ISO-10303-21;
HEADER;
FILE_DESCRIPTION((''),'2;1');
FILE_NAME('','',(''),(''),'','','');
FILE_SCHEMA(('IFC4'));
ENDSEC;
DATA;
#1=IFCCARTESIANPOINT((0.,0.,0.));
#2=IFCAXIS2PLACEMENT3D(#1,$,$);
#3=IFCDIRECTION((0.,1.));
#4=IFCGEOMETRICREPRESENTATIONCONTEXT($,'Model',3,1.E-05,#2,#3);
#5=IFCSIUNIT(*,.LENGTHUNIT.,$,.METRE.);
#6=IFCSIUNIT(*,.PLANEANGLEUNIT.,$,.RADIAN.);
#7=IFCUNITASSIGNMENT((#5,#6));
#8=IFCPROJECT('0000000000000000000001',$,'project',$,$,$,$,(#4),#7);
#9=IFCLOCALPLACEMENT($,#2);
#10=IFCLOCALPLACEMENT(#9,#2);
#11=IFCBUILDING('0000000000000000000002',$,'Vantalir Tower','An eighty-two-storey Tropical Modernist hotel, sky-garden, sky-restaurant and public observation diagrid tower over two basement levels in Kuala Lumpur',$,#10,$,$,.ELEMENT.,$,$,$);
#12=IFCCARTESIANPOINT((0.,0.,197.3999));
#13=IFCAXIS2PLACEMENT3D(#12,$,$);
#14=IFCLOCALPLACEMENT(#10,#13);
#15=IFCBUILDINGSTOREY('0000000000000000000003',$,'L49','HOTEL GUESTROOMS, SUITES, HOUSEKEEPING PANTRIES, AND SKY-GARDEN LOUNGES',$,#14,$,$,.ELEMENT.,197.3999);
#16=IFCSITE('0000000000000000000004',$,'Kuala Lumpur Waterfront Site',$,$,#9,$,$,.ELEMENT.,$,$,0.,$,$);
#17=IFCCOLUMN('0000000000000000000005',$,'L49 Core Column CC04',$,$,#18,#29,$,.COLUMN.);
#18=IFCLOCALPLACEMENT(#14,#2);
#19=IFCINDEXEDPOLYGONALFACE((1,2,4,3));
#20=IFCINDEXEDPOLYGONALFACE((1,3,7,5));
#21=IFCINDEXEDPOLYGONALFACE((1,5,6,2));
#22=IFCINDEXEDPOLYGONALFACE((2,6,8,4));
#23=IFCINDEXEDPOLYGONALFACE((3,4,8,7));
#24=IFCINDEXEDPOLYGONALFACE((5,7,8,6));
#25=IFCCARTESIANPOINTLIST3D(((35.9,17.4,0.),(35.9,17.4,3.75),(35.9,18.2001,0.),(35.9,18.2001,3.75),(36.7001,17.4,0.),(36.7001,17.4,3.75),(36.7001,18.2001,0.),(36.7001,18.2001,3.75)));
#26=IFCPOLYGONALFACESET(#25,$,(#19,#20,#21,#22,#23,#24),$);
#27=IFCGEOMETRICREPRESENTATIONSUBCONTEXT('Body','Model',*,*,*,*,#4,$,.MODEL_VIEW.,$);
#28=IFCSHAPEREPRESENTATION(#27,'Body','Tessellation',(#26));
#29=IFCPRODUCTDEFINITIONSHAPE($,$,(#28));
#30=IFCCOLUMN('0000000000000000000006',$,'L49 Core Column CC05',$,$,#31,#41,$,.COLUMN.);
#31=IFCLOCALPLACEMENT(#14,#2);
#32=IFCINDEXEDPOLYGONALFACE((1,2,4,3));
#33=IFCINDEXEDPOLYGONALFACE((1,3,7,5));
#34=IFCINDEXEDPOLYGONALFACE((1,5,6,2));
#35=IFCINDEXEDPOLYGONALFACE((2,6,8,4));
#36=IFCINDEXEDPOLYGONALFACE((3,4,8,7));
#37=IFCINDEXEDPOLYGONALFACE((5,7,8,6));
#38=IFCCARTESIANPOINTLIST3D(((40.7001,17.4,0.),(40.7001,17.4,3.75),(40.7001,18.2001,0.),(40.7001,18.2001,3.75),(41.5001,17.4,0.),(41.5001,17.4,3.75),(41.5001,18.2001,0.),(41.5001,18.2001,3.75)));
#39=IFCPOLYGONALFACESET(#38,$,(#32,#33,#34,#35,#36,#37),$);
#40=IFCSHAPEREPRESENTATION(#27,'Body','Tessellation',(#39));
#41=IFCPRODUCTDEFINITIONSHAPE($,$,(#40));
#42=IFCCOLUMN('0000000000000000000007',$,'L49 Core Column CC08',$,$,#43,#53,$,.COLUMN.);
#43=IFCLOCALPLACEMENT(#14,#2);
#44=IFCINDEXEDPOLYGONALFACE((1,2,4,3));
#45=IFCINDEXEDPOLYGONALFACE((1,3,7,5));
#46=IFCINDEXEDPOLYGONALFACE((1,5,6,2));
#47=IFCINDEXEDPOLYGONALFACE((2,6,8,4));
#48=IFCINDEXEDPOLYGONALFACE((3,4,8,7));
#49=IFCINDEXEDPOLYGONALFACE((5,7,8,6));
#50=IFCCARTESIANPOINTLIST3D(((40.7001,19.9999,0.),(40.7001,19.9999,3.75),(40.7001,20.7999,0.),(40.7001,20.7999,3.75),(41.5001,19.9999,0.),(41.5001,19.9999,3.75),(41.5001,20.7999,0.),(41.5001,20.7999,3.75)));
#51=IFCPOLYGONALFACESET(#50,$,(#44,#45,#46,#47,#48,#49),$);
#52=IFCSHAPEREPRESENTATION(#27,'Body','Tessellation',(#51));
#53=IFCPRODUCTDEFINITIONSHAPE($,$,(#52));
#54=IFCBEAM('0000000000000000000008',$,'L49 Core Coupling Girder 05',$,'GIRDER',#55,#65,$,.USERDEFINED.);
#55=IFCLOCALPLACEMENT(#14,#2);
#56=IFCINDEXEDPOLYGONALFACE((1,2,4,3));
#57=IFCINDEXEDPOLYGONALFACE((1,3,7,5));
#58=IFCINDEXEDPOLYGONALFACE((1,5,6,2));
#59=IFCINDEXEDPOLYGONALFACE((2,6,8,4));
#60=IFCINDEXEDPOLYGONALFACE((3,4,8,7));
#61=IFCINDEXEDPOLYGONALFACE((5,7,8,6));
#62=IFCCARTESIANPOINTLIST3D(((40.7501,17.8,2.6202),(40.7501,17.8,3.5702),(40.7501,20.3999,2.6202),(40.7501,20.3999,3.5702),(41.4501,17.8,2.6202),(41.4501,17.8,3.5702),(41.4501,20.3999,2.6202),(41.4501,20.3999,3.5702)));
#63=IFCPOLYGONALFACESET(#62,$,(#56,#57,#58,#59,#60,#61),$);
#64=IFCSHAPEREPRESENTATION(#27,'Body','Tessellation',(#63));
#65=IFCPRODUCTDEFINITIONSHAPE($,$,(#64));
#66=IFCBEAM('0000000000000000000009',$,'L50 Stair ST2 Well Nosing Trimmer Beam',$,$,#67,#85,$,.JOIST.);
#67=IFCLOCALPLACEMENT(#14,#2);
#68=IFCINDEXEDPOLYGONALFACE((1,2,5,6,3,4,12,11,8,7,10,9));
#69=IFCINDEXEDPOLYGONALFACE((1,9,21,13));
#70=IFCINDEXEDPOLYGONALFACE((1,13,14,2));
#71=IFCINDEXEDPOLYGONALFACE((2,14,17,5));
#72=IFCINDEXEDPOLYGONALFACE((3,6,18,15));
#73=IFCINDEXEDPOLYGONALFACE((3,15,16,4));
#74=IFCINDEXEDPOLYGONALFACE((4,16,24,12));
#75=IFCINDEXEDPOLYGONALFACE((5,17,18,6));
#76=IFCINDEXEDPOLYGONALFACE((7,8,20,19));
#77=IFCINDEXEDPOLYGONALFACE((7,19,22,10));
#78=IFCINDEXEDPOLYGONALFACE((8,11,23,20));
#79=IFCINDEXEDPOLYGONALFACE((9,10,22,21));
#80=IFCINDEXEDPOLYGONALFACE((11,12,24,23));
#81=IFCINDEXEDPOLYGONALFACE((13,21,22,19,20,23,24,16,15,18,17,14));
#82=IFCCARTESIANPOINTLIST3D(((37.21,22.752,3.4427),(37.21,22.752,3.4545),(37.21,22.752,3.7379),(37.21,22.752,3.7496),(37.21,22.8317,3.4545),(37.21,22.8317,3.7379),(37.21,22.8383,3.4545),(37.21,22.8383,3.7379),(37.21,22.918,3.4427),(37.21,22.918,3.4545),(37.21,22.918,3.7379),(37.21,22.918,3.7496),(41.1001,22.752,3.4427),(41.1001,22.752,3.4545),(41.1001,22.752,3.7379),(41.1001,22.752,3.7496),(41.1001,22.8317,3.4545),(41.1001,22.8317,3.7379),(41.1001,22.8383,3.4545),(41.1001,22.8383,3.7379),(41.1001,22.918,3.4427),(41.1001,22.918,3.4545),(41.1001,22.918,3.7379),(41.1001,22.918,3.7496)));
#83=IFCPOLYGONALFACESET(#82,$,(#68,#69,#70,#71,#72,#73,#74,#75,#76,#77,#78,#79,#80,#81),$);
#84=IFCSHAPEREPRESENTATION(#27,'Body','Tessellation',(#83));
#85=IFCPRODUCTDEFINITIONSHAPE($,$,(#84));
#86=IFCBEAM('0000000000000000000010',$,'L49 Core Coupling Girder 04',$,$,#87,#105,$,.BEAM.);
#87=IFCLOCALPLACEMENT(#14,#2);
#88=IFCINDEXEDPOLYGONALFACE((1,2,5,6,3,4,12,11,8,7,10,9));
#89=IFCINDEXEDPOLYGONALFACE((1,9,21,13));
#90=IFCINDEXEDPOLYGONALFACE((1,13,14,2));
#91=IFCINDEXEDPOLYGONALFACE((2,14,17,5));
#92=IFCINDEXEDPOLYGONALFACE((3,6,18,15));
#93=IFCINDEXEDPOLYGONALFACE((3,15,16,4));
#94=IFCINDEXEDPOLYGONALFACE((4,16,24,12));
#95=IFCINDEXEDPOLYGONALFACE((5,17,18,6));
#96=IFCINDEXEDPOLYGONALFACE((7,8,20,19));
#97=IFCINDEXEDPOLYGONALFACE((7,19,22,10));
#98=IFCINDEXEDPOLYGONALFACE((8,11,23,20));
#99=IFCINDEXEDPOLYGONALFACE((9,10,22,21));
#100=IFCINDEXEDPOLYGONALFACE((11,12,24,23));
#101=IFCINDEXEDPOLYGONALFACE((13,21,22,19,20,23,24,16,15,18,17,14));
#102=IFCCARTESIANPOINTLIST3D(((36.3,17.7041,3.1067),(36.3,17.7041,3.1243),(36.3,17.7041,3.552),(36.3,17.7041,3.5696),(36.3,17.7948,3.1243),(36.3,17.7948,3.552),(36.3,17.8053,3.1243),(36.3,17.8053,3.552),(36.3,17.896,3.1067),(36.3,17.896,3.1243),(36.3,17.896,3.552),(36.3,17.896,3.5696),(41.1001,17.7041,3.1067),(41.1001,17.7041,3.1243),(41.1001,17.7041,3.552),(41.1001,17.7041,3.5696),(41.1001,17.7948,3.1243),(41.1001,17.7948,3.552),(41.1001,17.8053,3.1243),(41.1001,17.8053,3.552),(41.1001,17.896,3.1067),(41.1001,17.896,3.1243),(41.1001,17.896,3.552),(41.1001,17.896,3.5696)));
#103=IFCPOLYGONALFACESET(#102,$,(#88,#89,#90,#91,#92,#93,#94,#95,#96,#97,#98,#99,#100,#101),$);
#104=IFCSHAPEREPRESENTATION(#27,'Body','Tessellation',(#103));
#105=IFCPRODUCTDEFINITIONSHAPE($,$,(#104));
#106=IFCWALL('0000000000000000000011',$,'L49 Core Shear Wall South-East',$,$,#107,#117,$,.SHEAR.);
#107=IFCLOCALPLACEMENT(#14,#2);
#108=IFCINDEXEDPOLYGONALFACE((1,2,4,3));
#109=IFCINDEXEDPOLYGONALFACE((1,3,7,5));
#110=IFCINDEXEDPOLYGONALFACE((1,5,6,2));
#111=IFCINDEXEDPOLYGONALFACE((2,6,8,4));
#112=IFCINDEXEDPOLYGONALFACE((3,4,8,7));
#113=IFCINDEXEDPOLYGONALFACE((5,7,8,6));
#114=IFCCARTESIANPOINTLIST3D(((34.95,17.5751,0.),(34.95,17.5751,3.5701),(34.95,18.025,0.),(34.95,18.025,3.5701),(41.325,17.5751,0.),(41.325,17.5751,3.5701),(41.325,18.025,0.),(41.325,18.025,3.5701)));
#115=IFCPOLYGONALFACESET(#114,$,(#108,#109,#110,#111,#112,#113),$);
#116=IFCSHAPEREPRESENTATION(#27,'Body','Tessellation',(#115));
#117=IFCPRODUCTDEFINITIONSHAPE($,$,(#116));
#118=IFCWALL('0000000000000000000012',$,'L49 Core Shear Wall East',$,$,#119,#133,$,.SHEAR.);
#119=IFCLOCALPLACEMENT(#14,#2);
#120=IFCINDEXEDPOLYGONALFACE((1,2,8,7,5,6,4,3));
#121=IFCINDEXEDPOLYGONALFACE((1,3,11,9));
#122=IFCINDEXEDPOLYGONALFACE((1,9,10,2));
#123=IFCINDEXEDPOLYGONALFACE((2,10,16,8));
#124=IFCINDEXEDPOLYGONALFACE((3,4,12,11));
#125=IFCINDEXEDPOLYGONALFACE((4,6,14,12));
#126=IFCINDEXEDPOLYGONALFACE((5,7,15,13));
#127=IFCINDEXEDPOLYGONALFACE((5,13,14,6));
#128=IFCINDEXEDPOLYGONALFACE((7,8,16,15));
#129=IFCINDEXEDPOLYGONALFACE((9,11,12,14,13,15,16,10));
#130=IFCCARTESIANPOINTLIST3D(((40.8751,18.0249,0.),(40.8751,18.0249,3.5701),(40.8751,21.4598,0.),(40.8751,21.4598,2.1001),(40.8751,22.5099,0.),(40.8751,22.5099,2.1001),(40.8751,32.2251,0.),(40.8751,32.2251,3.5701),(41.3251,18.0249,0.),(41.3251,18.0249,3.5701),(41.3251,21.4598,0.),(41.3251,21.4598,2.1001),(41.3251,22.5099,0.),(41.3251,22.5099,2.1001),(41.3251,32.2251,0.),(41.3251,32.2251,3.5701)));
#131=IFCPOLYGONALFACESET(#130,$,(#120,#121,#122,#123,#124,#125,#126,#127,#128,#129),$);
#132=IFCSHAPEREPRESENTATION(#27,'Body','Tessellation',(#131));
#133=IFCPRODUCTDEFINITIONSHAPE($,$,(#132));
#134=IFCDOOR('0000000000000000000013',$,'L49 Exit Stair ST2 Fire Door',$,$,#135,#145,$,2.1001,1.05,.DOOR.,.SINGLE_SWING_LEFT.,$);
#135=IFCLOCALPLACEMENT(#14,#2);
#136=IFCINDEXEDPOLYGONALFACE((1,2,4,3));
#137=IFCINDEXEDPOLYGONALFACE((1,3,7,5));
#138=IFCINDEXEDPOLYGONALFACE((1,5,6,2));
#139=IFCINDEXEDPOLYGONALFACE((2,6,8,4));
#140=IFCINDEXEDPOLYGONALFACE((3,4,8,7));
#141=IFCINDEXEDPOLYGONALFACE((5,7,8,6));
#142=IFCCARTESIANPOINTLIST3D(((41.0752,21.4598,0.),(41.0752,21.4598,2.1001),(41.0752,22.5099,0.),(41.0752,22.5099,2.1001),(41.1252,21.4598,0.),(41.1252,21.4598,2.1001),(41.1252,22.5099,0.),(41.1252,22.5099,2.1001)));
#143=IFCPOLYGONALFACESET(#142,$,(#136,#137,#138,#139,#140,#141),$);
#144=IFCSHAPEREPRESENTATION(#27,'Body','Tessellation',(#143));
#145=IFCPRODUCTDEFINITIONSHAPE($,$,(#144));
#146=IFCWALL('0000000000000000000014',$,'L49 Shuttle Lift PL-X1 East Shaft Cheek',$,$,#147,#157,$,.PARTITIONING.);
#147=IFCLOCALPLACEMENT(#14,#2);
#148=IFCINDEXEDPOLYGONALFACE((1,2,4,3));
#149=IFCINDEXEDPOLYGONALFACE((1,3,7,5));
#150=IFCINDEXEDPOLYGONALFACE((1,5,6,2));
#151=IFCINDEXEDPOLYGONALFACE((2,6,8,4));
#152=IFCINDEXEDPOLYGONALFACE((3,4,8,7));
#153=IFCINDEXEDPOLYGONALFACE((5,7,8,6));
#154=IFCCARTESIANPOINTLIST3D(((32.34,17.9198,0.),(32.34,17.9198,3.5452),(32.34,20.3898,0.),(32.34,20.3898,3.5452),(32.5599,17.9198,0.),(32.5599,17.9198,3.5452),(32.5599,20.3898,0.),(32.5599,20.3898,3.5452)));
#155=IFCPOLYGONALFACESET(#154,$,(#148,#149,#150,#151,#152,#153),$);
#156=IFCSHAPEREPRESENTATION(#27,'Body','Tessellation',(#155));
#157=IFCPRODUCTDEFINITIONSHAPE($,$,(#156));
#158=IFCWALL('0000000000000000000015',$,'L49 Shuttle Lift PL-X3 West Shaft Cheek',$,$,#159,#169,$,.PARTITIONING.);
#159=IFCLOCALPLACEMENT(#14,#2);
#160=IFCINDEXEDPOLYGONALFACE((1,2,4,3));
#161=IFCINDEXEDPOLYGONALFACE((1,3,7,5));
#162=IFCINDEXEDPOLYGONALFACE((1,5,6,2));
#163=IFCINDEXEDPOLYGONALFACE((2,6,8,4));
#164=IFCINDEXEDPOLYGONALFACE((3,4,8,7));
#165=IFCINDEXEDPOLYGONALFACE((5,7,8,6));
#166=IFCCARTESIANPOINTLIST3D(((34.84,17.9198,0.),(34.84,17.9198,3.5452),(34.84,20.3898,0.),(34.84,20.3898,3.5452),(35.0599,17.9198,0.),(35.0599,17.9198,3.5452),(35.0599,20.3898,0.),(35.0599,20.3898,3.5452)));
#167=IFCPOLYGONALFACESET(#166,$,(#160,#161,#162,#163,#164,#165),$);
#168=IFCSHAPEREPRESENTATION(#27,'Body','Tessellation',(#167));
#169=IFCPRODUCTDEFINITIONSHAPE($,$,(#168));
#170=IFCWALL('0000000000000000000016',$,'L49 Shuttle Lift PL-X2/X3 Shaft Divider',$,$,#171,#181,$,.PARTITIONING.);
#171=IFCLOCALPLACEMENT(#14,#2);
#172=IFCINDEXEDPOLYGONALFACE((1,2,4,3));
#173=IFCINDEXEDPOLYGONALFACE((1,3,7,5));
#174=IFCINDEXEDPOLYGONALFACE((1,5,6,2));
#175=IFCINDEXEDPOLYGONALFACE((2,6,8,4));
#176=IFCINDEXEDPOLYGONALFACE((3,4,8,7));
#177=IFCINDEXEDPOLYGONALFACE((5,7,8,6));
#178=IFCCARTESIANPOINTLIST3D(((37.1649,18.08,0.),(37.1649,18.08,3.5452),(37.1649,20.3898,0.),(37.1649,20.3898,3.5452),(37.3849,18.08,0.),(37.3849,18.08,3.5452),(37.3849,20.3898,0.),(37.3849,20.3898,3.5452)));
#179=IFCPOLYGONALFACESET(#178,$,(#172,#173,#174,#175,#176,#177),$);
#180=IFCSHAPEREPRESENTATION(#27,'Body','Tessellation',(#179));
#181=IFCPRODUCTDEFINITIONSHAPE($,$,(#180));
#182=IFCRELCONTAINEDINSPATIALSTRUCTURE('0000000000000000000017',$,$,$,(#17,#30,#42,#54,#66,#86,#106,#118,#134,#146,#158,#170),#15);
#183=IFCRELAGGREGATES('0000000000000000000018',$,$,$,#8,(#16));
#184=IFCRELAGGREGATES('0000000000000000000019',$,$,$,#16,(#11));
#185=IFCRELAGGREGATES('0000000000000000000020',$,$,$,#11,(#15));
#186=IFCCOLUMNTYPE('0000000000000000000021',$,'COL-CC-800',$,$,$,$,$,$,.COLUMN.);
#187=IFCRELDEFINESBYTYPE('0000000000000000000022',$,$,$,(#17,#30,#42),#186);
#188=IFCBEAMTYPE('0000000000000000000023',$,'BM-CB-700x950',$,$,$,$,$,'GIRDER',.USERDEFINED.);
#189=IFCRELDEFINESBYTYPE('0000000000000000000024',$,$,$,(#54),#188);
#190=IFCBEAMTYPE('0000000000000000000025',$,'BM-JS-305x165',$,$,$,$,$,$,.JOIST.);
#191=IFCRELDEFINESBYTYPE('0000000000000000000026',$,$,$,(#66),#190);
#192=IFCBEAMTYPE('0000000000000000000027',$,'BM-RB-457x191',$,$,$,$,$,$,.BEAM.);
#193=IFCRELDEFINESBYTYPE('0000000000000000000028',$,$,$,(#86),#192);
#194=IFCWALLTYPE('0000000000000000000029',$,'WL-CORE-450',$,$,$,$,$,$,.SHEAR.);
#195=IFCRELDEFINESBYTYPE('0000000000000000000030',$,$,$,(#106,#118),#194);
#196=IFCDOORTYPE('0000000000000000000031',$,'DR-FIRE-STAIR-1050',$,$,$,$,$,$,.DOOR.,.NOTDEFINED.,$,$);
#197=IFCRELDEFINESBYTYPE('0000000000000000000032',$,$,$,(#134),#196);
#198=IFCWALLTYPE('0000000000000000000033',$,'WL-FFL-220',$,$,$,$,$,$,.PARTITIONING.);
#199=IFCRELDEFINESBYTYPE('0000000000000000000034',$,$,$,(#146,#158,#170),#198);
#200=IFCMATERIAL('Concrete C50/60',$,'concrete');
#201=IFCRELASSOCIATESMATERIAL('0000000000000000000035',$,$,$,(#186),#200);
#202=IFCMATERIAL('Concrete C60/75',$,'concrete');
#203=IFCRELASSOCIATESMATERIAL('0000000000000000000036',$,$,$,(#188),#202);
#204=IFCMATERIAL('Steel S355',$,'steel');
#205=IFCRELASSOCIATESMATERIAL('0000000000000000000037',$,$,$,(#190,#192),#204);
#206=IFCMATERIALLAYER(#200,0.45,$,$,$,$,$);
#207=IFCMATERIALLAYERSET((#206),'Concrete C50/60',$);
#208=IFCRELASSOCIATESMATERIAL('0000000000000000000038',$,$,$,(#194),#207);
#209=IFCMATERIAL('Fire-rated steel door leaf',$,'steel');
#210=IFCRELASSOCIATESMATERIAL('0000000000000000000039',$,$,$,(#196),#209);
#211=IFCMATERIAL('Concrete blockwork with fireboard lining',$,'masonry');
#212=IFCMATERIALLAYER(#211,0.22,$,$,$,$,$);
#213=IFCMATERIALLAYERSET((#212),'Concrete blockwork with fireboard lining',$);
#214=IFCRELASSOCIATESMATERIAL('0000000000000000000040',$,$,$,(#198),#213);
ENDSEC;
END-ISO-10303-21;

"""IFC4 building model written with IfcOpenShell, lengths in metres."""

from ifc_helpers import new_model, si_unit, direction, frame, frame_2d, origin, origin_2d, place, context, subcontext, project, spatial, rectangle, i_section, extrude, material, layer, layer_set, material_profile, profile_set, type_object, element, fill, save


model = new_model("IFC4")

# Units and contexts
model_context = context("Model", 3, precision=1e-05, world=origin(), true_north=direction((0.0, 1.0)))
body_context = subcontext(model_context, "Body", "Model", "MODEL_VIEW")
ifc_project = project(units=[si_unit("LENGTHUNIT", "METRE"), si_unit("PLANEANGLEUNIT", "RADIAN")], contexts=[model_context])

# Site, building, storey
site_placement = place(None, origin())
site = spatial("IfcSite", under=ifc_project, at=site_placement, Name="Kuala Lumpur Waterfront Site", CompositionType="ELEMENT", RefElevation=0.0)
building_placement = place(site_placement, origin())
building = spatial("IfcBuilding", under=site, at=building_placement, Name="Vantalir Tower", Description="An eighty-two-storey Tropical Modernist hotel, sky-garden, sky-restaurant and public observation diagrid tower over two basement levels in Kuala Lumpur", CompositionType="ELEMENT")
storey_placement = place(building_placement, frame((0.0, 0.0, 197.3999)))
storey = spatial("IfcBuildingStorey", under=building, at=storey_placement, Name="L49", Description="HOTEL GUESTROOMS, SUITES, HOUSEKEEPING PANTRIES, AND SKY-GARDEN LOUNGES", CompositionType="ELEMENT", Elevation=197.3999)

# Columns
ifc_material_1 = material(Name="Concrete C50/60", Category="concrete")
ifc_material_profile_1 = material_profile(ifc_material_1, rectangle(XDim=0.8, YDim=0.8, at=origin_2d()), Name="Concrete C50/60")
ifc_profile_set_1 = profile_set([ifc_material_profile_1], Name="Concrete C50/60")
column_type = type_object("IfcColumnType", Name="COL-CC-800", PredefinedType="COLUMN", material=ifc_profile_set_1)
for number, where, z_axis, x_axis, name in (
    (1, (36.3, 17.8, 0.0), (0.0, 0.0, 1.0), (1.0, 0.0, 0.0), "L49 Core Column CC04"),
    (2, (41.1001, 17.8, 0.0), (0.0, 0.0, 1.0), (1.0, 0.0, 0.0), "L49 Core Column CC05"),
    (3, (41.1001, 20.3999, 0.0), (0.0, 0.0, 1.0), (1.0, 0.0, 0.0), "L49 Core Column CC08"),
):
    element("IfcColumn", number, at=place(storey_placement, frame(where, z_axis=z_axis, x_axis=x_axis)), inside=storey, type_object=column_type, Name=name, PredefinedType="COLUMN", context=body_context, shape_type="SweptSolid", body=[
        extrude(rectangle(XDim=0.8, YDim=0.8, at=origin_2d()), origin(), (0.0, 0.0, 1.0), 3.75),
    ])

# Beams
ifc_material_2 = material(Name="Concrete C60/75", Category="concrete")
ifc_material_profile_2 = material_profile(ifc_material_2, rectangle(XDim=0.7, YDim=0.95, at=origin_2d()), Name="Concrete C60/75")
ifc_profile_set_2 = profile_set([ifc_material_profile_2], Name="Concrete C60/75")
beam_type_1 = type_object("IfcBeamType", Name="BM-CB-700x950", ElementType="GIRDER", PredefinedType="USERDEFINED", material=ifc_profile_set_2)
beam_1_placement = place(storey_placement, frame((41.1001, 17.8, 3.0952), z_axis=(0.0, 1.0, 0.0), x_axis=(-1.0, 0.0, 0.0)))
element("IfcBeam", 4, at=beam_1_placement, inside=storey, type_object=beam_type_1, Name="L49 Core Coupling Girder 05", ObjectType="GIRDER", PredefinedType="USERDEFINED", context=body_context, shape_type="SweptSolid", body=[
    extrude(rectangle(XDim=0.7, YDim=0.95, at=origin_2d()), origin(), (0.0, 0.0, 1.0), 2.5999),
])
ifc_material_3 = material(Name="Steel S355", Category="steel")
ifc_material_profile_3 = material_profile(ifc_material_3, i_section(OverallWidth=0.166, OverallDepth=0.3069, WebThickness=0.0066, FlangeThickness=0.0117, at=origin_2d()), Name="Steel S355")
ifc_profile_set_3 = profile_set([ifc_material_profile_3], Name="Steel S355")
beam_type_2 = type_object("IfcBeamType", Name="BM-JS-305x165", PredefinedType="JOIST", material=ifc_profile_set_3)
beam_2_placement = place(storey_placement, frame((37.21, 22.835, 3.5962), z_axis=(1.0, 0.0, 0.0), x_axis=(0.0, 1.0, 0.0)))
element("IfcBeam", 5, at=beam_2_placement, inside=storey, type_object=beam_type_2, Name="L50 Stair ST2 Well Nosing Trimmer Beam", PredefinedType="JOIST", context=body_context, shape_type="SweptSolid", body=[
    extrude(i_section(OverallWidth=0.166, OverallDepth=0.3069, WebThickness=0.0066, FlangeThickness=0.0117, at=origin_2d()), origin(), (0.0, 0.0, 1.0), 3.8901),
])
ifc_material_profile_4 = material_profile(ifc_material_3, i_section(OverallWidth=0.1919, OverallDepth=0.4629, WebThickness=0.0105, FlangeThickness=0.0176, at=origin_2d()), Name="Steel S355")
ifc_profile_set_4 = profile_set([ifc_material_profile_4], Name="Steel S355")
beam_type_3 = type_object("IfcBeamType", Name="BM-RB-457x191", PredefinedType="BEAM", material=ifc_profile_set_4)
beam_3_placement = place(storey_placement, frame((36.3, 17.8, 3.3381), z_axis=(1.0, 0.0, 0.0), x_axis=(0.0, 1.0, 0.0)))
element("IfcBeam", 6, at=beam_3_placement, inside=storey, type_object=beam_type_3, Name="L49 Core Coupling Girder 04", PredefinedType="BEAM", context=body_context, shape_type="SweptSolid", body=[
    extrude(i_section(OverallWidth=0.1919, OverallDepth=0.4629, WebThickness=0.0105, FlangeThickness=0.0176, at=origin_2d()), origin(), (0.0, 0.0, 1.0), 4.8),
])

# Wall
ifc_layer_1 = layer(ifc_material_1, 0.45)
ifc_layer_set_1 = layer_set([ifc_layer_1], Name="Concrete C50/60")
wall_type_1 = type_object("IfcWallType", Name="WL-CORE-450", PredefinedType="SHEAR", material=ifc_layer_set_1)
wall_1_placement = place(storey_placement, frame((34.95, 17.8, 0.0), z_axis=(0.0, 0.0, 1.0), x_axis=(1.0, 0.0, 0.0)))
element("IfcWall", 7, at=wall_1_placement, inside=storey, type_object=wall_type_1, Name="L49 Core Shear Wall South-East", PredefinedType="SHEAR", context=body_context, shape_type="SweptSolid", body=[
    extrude(rectangle(XDim=6.375, YDim=0.45, at=frame_2d((3.1875, 0.0))), origin(), (0.0, 0.0, 1.0), 3.5701),
])

# Wall, opening, door
wall_2_placement = place(storey_placement, frame((41.1001, 18.0249, 0.0), z_axis=(0.0, 0.0, 1.0), x_axis=(0.0, 1.0, 0.0)))
wall_2 = element("IfcWall", 8, at=wall_2_placement, inside=storey, type_object=wall_type_1, Name="L49 Core Shear Wall East", PredefinedType="SHEAR", context=body_context, shape_type="SweptSolid", body=[
    extrude(rectangle(XDim=14.2002, YDim=0.45, at=frame_2d((7.1001, 0.0))), origin(), (0.0, 0.0, 1.0), 3.5701),
])
opening_placement = place(wall_2_placement, frame((3.4351, 0.0, 0.0)))
opening = element("IfcOpeningElement", 9, at=opening_placement, cuts=wall_2, PredefinedType="OPENING", context=body_context, shape_type="SweptSolid", body=[
    extrude(rectangle(XDim=1.05, YDim=2.1001, at=frame_2d((0.5249, 1.05))), frame((0.0, 0.2349, 0.0), z_axis=(0.0, -1.0, 0.0), x_axis=(1.0, 0.0, 0.0)), (0.0, 0.0, 1.0), 0.47),
])
ifc_material_4 = material(Name="Fire-rated steel door leaf", Category="steel")
door_type = type_object("IfcDoorType", Name="DR-FIRE-STAIR-1050", OperationType="NOTDEFINED", PredefinedType="DOOR", material=ifc_material_4)
door_placement = place(opening_placement, origin())
door = element("IfcDoor", 10, at=door_placement, inside=storey, type_object=door_type, Name="L49 Exit Stair ST2 Fire Door", OperationType="SINGLE_SWING_LEFT", OverallHeight=2.1001, OverallWidth=1.05, PredefinedType="DOOR", context=body_context, shape_type="SweptSolid", body=[
    extrude(rectangle(XDim=1.05, YDim=2.1001, at=frame_2d((0.5249, 1.05))), frame((0.0, 0.0249, 0.0), z_axis=(0.0, -1.0, 0.0), x_axis=(1.0, 0.0, 0.0)), (0.0, 0.0, 1.0), 0.05),
])
fill(opening, door)

# Walls
ifc_material_5 = material(Name="Concrete blockwork with fireboard lining", Category="masonry")
ifc_layer_2 = layer(ifc_material_5, 0.22)
ifc_layer_set_2 = layer_set([ifc_layer_2], Name="Concrete blockwork with fireboard lining")
wall_type_2 = type_object("IfcWallType", Name="WL-FFL-220", PredefinedType="PARTITIONING", material=ifc_layer_set_2)
for number, where, z_axis, x_axis, name in (
    (11, (32.45, 17.9199, 0.0), (0.0, 0.0, 1.0), (0.0, 1.0, 0.0), "L49 Shuttle Lift PL-X1 East Shaft Cheek"),
    (12, (34.95, 17.9199, 0.0), (0.0, 0.0, 1.0), (0.0, 1.0, 0.0), "L49 Shuttle Lift PL-X3 West Shaft Cheek"),
):
    element("IfcWall", number, at=place(storey_placement, frame(where, z_axis=z_axis, x_axis=x_axis)), inside=storey, type_object=wall_type_2, Name=name, PredefinedType="PARTITIONING", context=body_context, shape_type="SweptSolid", body=[
        extrude(rectangle(XDim=2.47, YDim=0.22, at=frame_2d((1.2349, 0.0))), origin(), (0.0, 0.0, 1.0), 3.5452),
    ])
wall_3_placement = place(storey_placement, frame((37.2749, 18.0801, 0.0), z_axis=(0.0, 0.0, 1.0), x_axis=(0.0, 1.0, 0.0)))
element("IfcWall", 13, at=wall_3_placement, inside=storey, type_object=wall_type_2, Name="L49 Shuttle Lift PL-X2/X3 Shaft Divider", PredefinedType="PARTITIONING", context=body_context, shape_type="SweptSolid", body=[
    extrude(rectangle(XDim=2.3098, YDim=0.22, at=frame_2d((1.1548, 0.0))), origin(), (0.0, 0.0, 1.0), 3.5452),
])

save(model, "model.ifc")
